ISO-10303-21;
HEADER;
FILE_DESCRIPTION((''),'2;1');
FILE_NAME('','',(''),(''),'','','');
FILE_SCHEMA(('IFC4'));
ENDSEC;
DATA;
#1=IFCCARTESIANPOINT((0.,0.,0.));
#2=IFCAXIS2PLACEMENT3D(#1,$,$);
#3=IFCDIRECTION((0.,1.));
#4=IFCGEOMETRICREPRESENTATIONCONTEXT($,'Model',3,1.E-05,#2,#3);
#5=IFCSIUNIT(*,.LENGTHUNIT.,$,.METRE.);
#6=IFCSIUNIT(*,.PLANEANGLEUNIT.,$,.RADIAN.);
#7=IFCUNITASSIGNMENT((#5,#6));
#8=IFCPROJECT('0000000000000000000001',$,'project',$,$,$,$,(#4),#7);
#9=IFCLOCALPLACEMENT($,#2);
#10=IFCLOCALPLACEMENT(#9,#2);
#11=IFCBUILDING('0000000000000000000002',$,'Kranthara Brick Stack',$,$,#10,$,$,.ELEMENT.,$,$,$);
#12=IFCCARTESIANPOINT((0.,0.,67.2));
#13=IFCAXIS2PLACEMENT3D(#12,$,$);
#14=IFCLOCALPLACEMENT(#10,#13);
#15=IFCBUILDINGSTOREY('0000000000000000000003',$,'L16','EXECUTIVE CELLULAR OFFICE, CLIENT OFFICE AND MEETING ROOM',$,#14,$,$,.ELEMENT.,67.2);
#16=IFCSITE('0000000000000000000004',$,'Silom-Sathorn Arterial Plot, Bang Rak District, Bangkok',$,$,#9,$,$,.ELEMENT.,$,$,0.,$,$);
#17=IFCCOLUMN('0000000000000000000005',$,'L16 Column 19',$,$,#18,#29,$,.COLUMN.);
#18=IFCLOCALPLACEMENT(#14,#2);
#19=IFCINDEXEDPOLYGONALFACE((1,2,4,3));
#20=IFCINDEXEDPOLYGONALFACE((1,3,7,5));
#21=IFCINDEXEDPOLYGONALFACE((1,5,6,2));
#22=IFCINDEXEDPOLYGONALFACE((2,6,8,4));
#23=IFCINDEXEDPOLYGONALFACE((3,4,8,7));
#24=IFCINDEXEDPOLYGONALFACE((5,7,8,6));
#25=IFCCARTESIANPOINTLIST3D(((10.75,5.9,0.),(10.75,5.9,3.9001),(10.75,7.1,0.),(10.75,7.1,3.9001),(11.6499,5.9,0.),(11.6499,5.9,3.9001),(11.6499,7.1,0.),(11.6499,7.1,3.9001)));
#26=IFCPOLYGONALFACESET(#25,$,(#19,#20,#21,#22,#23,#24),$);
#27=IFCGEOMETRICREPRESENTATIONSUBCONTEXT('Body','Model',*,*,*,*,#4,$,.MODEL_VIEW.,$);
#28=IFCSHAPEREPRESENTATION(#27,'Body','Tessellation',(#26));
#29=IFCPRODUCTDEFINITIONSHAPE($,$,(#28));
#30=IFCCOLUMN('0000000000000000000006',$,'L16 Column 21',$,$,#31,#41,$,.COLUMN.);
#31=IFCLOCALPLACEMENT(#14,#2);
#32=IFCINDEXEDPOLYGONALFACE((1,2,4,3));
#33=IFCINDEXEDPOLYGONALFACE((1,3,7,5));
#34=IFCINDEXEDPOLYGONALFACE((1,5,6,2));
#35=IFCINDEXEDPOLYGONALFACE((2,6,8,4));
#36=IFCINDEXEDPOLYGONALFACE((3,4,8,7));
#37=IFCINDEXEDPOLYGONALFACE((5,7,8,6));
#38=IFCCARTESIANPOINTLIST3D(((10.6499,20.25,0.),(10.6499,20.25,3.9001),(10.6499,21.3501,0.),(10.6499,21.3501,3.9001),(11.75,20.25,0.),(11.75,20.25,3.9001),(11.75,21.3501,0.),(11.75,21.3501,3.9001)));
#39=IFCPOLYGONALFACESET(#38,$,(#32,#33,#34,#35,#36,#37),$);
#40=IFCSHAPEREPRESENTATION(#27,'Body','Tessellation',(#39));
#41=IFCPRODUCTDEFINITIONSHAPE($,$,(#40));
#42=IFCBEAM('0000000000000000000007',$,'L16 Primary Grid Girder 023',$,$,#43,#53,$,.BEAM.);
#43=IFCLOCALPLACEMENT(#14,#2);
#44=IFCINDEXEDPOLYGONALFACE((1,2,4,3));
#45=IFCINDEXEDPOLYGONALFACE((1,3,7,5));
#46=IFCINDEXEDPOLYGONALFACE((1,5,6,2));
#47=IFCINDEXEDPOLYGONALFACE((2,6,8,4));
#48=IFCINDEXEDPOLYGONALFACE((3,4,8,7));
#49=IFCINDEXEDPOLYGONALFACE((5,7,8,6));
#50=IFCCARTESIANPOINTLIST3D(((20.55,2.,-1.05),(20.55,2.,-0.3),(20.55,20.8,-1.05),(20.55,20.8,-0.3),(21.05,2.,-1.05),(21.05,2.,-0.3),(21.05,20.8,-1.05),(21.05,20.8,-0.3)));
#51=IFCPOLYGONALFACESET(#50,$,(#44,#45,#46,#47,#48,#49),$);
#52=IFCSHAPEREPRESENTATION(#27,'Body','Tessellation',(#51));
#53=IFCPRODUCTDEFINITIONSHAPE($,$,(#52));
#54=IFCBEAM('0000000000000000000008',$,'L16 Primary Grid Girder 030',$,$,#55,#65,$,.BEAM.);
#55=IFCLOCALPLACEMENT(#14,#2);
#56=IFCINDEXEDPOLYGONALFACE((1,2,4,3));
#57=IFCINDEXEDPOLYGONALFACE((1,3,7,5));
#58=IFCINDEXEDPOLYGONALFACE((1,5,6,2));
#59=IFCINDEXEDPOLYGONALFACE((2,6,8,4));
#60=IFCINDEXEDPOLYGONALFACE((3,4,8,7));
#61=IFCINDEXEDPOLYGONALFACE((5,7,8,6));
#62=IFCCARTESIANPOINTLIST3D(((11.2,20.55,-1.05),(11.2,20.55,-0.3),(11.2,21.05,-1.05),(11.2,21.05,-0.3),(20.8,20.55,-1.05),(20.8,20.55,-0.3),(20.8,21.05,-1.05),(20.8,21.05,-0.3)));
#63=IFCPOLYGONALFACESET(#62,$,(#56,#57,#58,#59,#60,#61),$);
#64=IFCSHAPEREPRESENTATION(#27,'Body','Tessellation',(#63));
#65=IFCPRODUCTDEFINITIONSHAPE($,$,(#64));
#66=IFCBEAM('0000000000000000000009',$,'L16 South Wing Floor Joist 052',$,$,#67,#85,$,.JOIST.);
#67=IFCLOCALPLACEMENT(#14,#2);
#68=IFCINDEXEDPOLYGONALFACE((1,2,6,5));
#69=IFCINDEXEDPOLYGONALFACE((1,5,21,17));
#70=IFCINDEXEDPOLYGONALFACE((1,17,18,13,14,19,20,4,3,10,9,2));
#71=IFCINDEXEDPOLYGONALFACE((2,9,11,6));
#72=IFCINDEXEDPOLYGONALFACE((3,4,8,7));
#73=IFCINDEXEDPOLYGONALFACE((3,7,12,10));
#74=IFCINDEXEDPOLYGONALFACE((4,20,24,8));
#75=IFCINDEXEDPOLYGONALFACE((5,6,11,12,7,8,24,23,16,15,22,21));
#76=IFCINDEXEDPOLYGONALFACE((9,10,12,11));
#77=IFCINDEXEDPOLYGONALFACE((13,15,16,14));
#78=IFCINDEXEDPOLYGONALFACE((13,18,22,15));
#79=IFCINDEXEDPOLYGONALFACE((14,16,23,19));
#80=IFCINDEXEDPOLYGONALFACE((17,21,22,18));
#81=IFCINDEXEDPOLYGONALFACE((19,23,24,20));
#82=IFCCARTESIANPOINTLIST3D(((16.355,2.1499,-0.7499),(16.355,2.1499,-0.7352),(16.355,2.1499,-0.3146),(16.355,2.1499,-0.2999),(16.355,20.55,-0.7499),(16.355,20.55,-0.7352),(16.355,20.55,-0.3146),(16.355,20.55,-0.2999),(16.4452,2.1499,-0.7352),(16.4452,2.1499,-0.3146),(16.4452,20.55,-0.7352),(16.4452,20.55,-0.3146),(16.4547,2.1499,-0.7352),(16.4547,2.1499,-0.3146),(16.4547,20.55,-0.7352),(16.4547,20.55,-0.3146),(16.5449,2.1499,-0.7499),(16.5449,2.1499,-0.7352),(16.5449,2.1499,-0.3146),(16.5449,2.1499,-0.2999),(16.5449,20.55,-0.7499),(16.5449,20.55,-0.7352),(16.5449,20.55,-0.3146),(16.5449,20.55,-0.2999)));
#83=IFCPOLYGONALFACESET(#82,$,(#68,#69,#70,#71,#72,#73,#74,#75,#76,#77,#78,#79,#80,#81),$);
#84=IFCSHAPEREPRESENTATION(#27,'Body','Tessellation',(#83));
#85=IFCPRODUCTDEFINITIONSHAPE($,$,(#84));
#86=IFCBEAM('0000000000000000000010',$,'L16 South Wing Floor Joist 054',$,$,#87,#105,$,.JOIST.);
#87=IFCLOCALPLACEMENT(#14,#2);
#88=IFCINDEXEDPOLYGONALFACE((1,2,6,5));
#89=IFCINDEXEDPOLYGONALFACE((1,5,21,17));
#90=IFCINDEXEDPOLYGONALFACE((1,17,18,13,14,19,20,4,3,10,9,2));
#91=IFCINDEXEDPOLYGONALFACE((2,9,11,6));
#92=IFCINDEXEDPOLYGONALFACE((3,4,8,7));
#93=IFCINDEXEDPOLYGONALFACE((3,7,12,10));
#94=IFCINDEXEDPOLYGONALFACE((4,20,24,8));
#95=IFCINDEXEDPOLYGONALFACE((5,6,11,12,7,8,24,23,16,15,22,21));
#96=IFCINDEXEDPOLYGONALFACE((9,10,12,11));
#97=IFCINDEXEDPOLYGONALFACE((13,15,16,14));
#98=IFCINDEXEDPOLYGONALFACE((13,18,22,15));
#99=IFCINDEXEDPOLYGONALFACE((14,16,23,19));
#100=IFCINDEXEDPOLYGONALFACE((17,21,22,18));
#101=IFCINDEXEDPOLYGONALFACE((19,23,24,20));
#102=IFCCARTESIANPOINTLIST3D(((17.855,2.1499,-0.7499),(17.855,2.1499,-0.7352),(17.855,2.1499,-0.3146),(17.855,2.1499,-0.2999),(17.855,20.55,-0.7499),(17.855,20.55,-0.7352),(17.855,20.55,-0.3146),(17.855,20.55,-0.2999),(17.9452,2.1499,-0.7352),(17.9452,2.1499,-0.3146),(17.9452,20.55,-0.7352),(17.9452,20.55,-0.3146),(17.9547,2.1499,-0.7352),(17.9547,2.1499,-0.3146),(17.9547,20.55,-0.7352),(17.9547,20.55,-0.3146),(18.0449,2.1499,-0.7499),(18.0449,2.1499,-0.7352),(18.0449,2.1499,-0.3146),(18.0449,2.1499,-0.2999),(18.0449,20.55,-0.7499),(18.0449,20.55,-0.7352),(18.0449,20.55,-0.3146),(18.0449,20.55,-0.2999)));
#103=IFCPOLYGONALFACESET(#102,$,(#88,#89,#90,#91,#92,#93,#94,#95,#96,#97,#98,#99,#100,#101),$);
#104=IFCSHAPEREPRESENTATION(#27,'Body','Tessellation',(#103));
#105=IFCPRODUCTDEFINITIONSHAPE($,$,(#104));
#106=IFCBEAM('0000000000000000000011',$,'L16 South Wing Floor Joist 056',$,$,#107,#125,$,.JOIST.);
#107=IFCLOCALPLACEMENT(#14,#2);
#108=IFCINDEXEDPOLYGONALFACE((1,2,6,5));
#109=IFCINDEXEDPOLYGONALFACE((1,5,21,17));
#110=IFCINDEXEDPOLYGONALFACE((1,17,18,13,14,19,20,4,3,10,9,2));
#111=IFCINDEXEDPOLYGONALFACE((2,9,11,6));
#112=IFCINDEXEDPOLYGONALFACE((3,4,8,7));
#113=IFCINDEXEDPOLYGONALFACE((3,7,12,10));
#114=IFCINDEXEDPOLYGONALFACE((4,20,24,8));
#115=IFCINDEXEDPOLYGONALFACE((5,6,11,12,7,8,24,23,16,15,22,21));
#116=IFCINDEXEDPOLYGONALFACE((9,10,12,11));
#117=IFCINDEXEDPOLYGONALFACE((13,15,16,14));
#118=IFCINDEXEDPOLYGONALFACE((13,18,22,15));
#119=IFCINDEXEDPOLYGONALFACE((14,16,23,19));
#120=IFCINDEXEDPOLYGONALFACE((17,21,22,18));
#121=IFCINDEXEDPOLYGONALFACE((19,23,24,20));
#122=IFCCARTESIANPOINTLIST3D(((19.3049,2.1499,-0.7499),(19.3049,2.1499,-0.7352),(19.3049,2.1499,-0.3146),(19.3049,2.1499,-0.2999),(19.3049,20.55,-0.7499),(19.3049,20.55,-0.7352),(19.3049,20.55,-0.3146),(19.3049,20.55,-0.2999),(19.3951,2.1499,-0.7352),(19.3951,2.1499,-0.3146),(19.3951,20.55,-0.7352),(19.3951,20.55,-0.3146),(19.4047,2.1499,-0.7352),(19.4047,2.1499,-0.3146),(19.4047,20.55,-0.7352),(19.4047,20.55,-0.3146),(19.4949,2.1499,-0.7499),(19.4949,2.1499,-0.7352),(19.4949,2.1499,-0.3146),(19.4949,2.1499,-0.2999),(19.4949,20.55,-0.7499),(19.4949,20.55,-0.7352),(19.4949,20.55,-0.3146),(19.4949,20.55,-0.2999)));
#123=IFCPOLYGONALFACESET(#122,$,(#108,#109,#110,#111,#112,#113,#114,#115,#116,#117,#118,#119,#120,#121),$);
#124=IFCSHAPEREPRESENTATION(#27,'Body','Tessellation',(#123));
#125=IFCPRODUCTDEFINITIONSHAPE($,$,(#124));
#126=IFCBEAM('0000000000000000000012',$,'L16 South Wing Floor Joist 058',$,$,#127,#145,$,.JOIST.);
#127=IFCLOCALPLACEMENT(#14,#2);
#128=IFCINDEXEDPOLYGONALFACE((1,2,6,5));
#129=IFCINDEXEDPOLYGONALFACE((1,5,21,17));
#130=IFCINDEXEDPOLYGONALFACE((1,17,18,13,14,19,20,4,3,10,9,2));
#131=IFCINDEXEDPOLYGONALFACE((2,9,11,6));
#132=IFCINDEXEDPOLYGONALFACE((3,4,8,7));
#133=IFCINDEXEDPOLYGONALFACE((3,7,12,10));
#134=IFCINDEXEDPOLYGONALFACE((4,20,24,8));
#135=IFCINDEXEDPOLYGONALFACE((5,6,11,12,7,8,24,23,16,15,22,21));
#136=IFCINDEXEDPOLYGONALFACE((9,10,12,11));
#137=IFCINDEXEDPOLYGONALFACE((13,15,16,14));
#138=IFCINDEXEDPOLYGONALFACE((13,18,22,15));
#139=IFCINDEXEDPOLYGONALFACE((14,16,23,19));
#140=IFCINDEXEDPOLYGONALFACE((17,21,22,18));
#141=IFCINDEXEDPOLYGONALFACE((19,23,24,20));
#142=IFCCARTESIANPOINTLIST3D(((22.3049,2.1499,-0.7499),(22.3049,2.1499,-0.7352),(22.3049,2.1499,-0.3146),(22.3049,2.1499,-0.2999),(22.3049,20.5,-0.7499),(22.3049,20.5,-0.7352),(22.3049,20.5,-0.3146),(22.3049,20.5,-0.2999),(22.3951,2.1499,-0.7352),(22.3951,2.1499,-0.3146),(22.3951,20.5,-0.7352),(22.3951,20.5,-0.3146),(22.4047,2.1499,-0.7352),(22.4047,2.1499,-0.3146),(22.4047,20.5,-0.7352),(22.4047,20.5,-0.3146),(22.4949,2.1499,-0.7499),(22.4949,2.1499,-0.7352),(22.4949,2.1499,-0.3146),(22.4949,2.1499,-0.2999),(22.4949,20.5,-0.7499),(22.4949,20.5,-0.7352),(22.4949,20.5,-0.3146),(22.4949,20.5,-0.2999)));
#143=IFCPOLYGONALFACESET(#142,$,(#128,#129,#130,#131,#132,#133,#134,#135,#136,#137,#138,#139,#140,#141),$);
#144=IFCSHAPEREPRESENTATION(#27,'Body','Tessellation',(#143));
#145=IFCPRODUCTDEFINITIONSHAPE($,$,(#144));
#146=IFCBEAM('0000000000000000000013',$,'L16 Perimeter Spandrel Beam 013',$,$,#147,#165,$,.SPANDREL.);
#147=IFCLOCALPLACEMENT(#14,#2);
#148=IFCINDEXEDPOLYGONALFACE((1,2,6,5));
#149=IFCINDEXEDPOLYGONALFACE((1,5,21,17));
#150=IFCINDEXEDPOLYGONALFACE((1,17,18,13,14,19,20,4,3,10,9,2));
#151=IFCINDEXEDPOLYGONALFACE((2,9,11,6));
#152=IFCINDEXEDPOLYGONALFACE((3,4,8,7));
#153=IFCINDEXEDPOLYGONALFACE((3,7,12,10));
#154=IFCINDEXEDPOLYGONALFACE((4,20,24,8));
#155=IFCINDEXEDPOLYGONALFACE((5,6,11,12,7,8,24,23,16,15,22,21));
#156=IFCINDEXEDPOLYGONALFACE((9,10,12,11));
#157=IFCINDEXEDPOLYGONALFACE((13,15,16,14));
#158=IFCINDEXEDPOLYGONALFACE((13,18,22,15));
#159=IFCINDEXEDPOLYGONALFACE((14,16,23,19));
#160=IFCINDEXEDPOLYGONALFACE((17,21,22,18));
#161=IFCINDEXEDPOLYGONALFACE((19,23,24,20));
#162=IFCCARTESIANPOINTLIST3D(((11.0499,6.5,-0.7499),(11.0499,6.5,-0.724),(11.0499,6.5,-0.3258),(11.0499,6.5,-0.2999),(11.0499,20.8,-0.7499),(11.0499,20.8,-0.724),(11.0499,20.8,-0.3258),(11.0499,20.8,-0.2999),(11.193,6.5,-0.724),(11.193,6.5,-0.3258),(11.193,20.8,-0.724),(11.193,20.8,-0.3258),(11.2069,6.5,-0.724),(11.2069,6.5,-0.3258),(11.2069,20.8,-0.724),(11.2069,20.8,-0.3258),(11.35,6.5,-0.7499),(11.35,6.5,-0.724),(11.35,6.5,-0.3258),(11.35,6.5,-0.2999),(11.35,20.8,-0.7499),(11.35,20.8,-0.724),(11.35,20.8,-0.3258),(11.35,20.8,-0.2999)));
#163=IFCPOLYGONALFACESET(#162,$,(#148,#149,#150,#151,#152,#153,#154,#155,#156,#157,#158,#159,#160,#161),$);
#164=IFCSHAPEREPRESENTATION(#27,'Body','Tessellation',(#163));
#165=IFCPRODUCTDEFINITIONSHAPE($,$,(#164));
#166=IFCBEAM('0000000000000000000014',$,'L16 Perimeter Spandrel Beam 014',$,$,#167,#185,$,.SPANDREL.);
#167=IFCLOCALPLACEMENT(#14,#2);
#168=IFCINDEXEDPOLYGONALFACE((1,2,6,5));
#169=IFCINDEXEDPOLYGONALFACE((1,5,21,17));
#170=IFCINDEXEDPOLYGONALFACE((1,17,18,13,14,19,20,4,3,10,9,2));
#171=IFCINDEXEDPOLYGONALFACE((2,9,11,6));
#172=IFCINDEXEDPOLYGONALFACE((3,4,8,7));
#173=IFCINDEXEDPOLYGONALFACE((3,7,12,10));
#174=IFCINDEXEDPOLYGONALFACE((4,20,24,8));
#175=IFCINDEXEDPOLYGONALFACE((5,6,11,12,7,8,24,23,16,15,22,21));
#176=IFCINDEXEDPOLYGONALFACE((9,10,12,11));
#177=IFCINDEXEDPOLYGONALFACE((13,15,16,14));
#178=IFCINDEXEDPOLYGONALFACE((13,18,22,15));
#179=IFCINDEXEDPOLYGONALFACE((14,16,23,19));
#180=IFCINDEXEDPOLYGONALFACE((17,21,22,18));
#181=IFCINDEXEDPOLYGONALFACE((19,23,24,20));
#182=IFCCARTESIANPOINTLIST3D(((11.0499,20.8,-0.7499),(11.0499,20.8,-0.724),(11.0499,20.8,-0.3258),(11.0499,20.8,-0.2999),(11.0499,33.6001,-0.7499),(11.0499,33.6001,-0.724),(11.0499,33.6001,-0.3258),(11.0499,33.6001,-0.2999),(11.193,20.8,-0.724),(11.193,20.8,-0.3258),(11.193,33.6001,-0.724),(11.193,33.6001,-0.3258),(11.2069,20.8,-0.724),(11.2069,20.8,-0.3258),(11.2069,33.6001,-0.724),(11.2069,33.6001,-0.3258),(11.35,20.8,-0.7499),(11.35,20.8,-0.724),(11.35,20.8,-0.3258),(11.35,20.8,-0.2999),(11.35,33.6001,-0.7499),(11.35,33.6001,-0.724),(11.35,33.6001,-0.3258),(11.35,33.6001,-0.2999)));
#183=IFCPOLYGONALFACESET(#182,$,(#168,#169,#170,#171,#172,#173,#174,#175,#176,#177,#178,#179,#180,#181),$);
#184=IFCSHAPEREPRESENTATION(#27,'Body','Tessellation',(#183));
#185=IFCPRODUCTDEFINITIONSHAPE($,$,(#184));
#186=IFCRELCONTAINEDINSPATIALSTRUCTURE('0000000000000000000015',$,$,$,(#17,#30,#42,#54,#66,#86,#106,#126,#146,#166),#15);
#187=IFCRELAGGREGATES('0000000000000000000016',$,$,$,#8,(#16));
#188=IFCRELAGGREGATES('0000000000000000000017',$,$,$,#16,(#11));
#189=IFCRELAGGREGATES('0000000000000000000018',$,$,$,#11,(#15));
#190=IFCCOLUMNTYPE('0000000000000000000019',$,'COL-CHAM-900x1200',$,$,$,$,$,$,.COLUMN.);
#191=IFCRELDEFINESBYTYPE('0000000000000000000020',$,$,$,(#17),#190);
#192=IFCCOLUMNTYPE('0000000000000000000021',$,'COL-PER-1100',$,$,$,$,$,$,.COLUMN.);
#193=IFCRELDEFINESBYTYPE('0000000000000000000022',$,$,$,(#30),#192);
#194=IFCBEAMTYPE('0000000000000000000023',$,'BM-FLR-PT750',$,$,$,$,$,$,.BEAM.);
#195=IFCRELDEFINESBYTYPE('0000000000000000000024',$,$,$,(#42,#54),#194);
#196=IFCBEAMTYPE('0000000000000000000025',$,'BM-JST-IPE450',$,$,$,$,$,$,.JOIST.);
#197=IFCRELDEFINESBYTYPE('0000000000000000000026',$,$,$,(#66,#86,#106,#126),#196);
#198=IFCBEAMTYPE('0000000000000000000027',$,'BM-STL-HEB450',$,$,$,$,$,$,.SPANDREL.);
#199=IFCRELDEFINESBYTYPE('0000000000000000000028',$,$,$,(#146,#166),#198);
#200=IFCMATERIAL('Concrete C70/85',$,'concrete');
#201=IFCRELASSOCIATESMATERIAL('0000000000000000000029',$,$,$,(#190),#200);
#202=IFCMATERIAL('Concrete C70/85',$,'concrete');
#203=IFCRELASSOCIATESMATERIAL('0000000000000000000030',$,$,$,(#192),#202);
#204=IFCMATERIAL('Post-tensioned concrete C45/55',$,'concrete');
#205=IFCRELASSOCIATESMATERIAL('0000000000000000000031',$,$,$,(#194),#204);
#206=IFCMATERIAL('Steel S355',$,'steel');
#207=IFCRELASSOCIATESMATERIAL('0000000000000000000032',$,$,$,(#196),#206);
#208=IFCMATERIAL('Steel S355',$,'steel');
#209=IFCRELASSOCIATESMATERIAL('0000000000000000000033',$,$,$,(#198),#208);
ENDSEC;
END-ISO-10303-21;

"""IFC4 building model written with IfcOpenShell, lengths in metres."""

from ifc_helpers import new_model, si_unit, direction, frame, origin, origin_2d, place, context, subcontext, project, spatial, rectangle, i_section, extrude, material, material_profile, profile_set, type_object, element, save


model = new_model("IFC4")

# Units and contexts
model_context = context("Model", 3, precision=1e-05, world=origin(), true_north=direction((0.0, 1.0)))
body_context = subcontext(model_context, "Body", "Model", "MODEL_VIEW")
ifc_project = project(units=[si_unit("LENGTHUNIT", "METRE"), si_unit("PLANEANGLEUNIT", "RADIAN")], contexts=[model_context])

# Site, building, storey
site_placement = place(None, origin())
site = spatial("IfcSite", under=ifc_project, at=site_placement, Name="Silom-Sathorn Arterial Plot, Bang Rak District, Bangkok", CompositionType="ELEMENT", RefElevation=0.0)
building_placement = place(site_placement, origin())
building = spatial("IfcBuilding", under=site, at=building_placement, Name="Kranthara Brick Stack", CompositionType="ELEMENT")
storey_placement = place(building_placement, frame((0.0, 0.0, 67.2)))
storey = spatial("IfcBuildingStorey", under=building, at=storey_placement, Name="L16", Description="EXECUTIVE CELLULAR OFFICE, CLIENT OFFICE AND MEETING ROOM", CompositionType="ELEMENT", Elevation=67.2)

# Columns
ifc_material_1 = material(Name="Concrete C70/85", Category="concrete")
ifc_material_profile_1 = material_profile(ifc_material_1, rectangle(XDim=0.8999, YDim=1.2, at=origin_2d()), Name="RC 900x1200")
ifc_profile_set_1 = profile_set([ifc_material_profile_1], Name="Concrete C70/85")
column_type_1 = type_object("IfcColumnType", Name="COL-CHAM-900x1200", PredefinedType="COLUMN", material=ifc_profile_set_1)
column_1_placement = place(storey_placement, frame((11.2, 6.5, 0.0), z_axis=(0.0, 0.0, 1.0), x_axis=(1.0, 0.0, 0.0)))
element("IfcColumn", 1, at=column_1_placement, inside=storey, type_object=column_type_1, Name="L16 Column 19", PredefinedType="COLUMN", context=body_context, shape_type="SweptSolid", body=[
    extrude(rectangle(XDim=0.8999, YDim=1.2, at=origin_2d()), origin(), (0.0, 0.0, 1.0), 3.9001),
])
ifc_material_2 = material(Name="Concrete C70/85", Category="concrete")
ifc_material_profile_2 = material_profile(ifc_material_2, rectangle(XDim=1.1001, YDim=1.1001, at=origin_2d()), Name="RC 1100x1100")
ifc_profile_set_2 = profile_set([ifc_material_profile_2], Name="Concrete C70/85")
column_type_2 = type_object("IfcColumnType", Name="COL-PER-1100", PredefinedType="COLUMN", material=ifc_profile_set_2)
column_2_placement = place(storey_placement, frame((11.2, 20.8, 0.0), z_axis=(0.0, 0.0, 1.0), x_axis=(1.0, 0.0, 0.0)))
element("IfcColumn", 2, at=column_2_placement, inside=storey, type_object=column_type_2, Name="L16 Column 21", PredefinedType="COLUMN", context=body_context, shape_type="SweptSolid", body=[
    extrude(rectangle(XDim=1.1001, YDim=1.1001, at=origin_2d()), origin(), (0.0, 0.0, 1.0), 3.9001),
])

# Beams
ifc_material_3 = material(Name="Post-tensioned concrete C45/55", Category="concrete")
ifc_material_profile_3 = material_profile(ifc_material_3, rectangle(XDim=0.5, YDim=0.75, at=origin_2d()), Name="PT 500x750")
ifc_profile_set_3 = profile_set([ifc_material_profile_3], Name="Post-tensioned concrete C45/55")
beam_type_1 = type_object("IfcBeamType", Name="BM-FLR-PT750", PredefinedType="BEAM", material=ifc_profile_set_3)
beam_1_placement = place(storey_placement, frame((20.8, 2.0, -0.675), z_axis=(0.0, 1.0, 0.0), x_axis=(-1.0, 0.0, 0.0)))
element("IfcBeam", 3, at=beam_1_placement, inside=storey, type_object=beam_type_1, Name="L16 Primary Grid Girder 023", PredefinedType="BEAM", context=body_context, shape_type="SweptSolid", body=[
    extrude(rectangle(XDim=0.5, YDim=0.75, at=origin_2d()), origin(), (0.0, 0.0, 1.0), 18.8),
])
beam_2_placement = place(storey_placement, frame((11.2, 20.8, -0.675), z_axis=(1.0, 0.0, 0.0), x_axis=(0.0, 1.0, 0.0)))
element("IfcBeam", 4, at=beam_2_placement, inside=storey, type_object=beam_type_1, Name="L16 Primary Grid Girder 030", PredefinedType="BEAM", context=body_context, shape_type="SweptSolid", body=[
    extrude(rectangle(XDim=0.5, YDim=0.75, at=origin_2d()), origin(), (0.0, 0.0, 1.0), 9.6001),
])
ifc_material_4 = material(Name="Steel S355", Category="steel")
ifc_material_profile_4 = material_profile(ifc_material_4, i_section(OverallWidth=0.1899, OverallDepth=0.45, WebThickness=0.0095, FlangeThickness=0.0146, at=origin_2d()), Name="IPE 450")
ifc_profile_set_4 = profile_set([ifc_material_profile_4], Name="Steel S355")
beam_type_2 = type_object("IfcBeamType", Name="BM-JST-IPE450", PredefinedType="JOIST", material=ifc_profile_set_4)
for number, where, z_axis, x_axis, name in (
    (5, (16.45, 2.1499, -0.5249), (0.0, 1.0, 0.0), (-1.0, 0.0, 0.0), "L16 South Wing Floor Joist 052"),
    (6, (17.95, 2.1499, -0.5249), (0.0, 1.0, 0.0), (-1.0, 0.0, 0.0), "L16 South Wing Floor Joist 054"),
    (7, (19.3999, 2.1499, -0.5249), (0.0, 1.0, 0.0), (-1.0, 0.0, 0.0), "L16 South Wing Floor Joist 056"),
):
    element("IfcBeam", number, at=place(storey_placement, frame(where, z_axis=z_axis, x_axis=x_axis)), inside=storey, type_object=beam_type_2, Name=name, PredefinedType="JOIST", context=body_context, shape_type="SweptSolid", body=[
        extrude(i_section(OverallWidth=0.1899, OverallDepth=0.45, WebThickness=0.0095, FlangeThickness=0.0146, at=origin_2d()), origin(), (0.0, 0.0, 1.0), 18.4001),
    ])
beam_3_placement = place(storey_placement, frame((22.3999, 2.1499, -0.5249), z_axis=(0.0, 1.0, 0.0), x_axis=(-1.0, 0.0, 0.0)))
element("IfcBeam", 8, at=beam_3_placement, inside=storey, type_object=beam_type_2, Name="L16 South Wing Floor Joist 058", PredefinedType="JOIST", context=body_context, shape_type="SweptSolid", body=[
    extrude(i_section(OverallWidth=0.1899, OverallDepth=0.45, WebThickness=0.0095, FlangeThickness=0.0146, at=origin_2d()), origin(), (0.0, 0.0, 1.0), 18.3501),
])
ifc_material_5 = material(Name="Steel S355", Category="steel")
ifc_material_profile_5 = material_profile(ifc_material_5, i_section(OverallWidth=0.3, OverallDepth=0.45, WebThickness=0.0139, FlangeThickness=0.0259, at=origin_2d()), Name="HEB 450")
ifc_profile_set_5 = profile_set([ifc_material_profile_5], Name="Steel S355")
beam_type_3 = type_object("IfcBeamType", Name="BM-STL-HEB450", PredefinedType="SPANDREL", material=ifc_profile_set_5)
beam_4_placement = place(storey_placement, frame((11.2, 6.5, -0.5249), z_axis=(0.0, 1.0, 0.0), x_axis=(-1.0, 0.0, 0.0)))
element("IfcBeam", 9, at=beam_4_placement, inside=storey, type_object=beam_type_3, Name="L16 Perimeter Spandrel Beam 013", PredefinedType="SPANDREL", context=body_context, shape_type="SweptSolid", body=[
    extrude(i_section(OverallWidth=0.3, OverallDepth=0.45, WebThickness=0.0139, FlangeThickness=0.0259, at=origin_2d()), origin(), (0.0, 0.0, 1.0), 14.3),
])
beam_5_placement = place(storey_placement, frame((11.2, 20.8, -0.5249), z_axis=(0.0, 1.0, 0.0), x_axis=(-1.0, 0.0, 0.0)))
element("IfcBeam", 10, at=beam_5_placement, inside=storey, type_object=beam_type_3, Name="L16 Perimeter Spandrel Beam 014", PredefinedType="SPANDREL", context=body_context, shape_type="SweptSolid", body=[
    extrude(i_section(OverallWidth=0.3, OverallDepth=0.45, WebThickness=0.0139, FlangeThickness=0.0259, at=origin_2d()), origin(), (0.0, 0.0, 1.0), 12.8),
])

save(model, "model.ifc")
